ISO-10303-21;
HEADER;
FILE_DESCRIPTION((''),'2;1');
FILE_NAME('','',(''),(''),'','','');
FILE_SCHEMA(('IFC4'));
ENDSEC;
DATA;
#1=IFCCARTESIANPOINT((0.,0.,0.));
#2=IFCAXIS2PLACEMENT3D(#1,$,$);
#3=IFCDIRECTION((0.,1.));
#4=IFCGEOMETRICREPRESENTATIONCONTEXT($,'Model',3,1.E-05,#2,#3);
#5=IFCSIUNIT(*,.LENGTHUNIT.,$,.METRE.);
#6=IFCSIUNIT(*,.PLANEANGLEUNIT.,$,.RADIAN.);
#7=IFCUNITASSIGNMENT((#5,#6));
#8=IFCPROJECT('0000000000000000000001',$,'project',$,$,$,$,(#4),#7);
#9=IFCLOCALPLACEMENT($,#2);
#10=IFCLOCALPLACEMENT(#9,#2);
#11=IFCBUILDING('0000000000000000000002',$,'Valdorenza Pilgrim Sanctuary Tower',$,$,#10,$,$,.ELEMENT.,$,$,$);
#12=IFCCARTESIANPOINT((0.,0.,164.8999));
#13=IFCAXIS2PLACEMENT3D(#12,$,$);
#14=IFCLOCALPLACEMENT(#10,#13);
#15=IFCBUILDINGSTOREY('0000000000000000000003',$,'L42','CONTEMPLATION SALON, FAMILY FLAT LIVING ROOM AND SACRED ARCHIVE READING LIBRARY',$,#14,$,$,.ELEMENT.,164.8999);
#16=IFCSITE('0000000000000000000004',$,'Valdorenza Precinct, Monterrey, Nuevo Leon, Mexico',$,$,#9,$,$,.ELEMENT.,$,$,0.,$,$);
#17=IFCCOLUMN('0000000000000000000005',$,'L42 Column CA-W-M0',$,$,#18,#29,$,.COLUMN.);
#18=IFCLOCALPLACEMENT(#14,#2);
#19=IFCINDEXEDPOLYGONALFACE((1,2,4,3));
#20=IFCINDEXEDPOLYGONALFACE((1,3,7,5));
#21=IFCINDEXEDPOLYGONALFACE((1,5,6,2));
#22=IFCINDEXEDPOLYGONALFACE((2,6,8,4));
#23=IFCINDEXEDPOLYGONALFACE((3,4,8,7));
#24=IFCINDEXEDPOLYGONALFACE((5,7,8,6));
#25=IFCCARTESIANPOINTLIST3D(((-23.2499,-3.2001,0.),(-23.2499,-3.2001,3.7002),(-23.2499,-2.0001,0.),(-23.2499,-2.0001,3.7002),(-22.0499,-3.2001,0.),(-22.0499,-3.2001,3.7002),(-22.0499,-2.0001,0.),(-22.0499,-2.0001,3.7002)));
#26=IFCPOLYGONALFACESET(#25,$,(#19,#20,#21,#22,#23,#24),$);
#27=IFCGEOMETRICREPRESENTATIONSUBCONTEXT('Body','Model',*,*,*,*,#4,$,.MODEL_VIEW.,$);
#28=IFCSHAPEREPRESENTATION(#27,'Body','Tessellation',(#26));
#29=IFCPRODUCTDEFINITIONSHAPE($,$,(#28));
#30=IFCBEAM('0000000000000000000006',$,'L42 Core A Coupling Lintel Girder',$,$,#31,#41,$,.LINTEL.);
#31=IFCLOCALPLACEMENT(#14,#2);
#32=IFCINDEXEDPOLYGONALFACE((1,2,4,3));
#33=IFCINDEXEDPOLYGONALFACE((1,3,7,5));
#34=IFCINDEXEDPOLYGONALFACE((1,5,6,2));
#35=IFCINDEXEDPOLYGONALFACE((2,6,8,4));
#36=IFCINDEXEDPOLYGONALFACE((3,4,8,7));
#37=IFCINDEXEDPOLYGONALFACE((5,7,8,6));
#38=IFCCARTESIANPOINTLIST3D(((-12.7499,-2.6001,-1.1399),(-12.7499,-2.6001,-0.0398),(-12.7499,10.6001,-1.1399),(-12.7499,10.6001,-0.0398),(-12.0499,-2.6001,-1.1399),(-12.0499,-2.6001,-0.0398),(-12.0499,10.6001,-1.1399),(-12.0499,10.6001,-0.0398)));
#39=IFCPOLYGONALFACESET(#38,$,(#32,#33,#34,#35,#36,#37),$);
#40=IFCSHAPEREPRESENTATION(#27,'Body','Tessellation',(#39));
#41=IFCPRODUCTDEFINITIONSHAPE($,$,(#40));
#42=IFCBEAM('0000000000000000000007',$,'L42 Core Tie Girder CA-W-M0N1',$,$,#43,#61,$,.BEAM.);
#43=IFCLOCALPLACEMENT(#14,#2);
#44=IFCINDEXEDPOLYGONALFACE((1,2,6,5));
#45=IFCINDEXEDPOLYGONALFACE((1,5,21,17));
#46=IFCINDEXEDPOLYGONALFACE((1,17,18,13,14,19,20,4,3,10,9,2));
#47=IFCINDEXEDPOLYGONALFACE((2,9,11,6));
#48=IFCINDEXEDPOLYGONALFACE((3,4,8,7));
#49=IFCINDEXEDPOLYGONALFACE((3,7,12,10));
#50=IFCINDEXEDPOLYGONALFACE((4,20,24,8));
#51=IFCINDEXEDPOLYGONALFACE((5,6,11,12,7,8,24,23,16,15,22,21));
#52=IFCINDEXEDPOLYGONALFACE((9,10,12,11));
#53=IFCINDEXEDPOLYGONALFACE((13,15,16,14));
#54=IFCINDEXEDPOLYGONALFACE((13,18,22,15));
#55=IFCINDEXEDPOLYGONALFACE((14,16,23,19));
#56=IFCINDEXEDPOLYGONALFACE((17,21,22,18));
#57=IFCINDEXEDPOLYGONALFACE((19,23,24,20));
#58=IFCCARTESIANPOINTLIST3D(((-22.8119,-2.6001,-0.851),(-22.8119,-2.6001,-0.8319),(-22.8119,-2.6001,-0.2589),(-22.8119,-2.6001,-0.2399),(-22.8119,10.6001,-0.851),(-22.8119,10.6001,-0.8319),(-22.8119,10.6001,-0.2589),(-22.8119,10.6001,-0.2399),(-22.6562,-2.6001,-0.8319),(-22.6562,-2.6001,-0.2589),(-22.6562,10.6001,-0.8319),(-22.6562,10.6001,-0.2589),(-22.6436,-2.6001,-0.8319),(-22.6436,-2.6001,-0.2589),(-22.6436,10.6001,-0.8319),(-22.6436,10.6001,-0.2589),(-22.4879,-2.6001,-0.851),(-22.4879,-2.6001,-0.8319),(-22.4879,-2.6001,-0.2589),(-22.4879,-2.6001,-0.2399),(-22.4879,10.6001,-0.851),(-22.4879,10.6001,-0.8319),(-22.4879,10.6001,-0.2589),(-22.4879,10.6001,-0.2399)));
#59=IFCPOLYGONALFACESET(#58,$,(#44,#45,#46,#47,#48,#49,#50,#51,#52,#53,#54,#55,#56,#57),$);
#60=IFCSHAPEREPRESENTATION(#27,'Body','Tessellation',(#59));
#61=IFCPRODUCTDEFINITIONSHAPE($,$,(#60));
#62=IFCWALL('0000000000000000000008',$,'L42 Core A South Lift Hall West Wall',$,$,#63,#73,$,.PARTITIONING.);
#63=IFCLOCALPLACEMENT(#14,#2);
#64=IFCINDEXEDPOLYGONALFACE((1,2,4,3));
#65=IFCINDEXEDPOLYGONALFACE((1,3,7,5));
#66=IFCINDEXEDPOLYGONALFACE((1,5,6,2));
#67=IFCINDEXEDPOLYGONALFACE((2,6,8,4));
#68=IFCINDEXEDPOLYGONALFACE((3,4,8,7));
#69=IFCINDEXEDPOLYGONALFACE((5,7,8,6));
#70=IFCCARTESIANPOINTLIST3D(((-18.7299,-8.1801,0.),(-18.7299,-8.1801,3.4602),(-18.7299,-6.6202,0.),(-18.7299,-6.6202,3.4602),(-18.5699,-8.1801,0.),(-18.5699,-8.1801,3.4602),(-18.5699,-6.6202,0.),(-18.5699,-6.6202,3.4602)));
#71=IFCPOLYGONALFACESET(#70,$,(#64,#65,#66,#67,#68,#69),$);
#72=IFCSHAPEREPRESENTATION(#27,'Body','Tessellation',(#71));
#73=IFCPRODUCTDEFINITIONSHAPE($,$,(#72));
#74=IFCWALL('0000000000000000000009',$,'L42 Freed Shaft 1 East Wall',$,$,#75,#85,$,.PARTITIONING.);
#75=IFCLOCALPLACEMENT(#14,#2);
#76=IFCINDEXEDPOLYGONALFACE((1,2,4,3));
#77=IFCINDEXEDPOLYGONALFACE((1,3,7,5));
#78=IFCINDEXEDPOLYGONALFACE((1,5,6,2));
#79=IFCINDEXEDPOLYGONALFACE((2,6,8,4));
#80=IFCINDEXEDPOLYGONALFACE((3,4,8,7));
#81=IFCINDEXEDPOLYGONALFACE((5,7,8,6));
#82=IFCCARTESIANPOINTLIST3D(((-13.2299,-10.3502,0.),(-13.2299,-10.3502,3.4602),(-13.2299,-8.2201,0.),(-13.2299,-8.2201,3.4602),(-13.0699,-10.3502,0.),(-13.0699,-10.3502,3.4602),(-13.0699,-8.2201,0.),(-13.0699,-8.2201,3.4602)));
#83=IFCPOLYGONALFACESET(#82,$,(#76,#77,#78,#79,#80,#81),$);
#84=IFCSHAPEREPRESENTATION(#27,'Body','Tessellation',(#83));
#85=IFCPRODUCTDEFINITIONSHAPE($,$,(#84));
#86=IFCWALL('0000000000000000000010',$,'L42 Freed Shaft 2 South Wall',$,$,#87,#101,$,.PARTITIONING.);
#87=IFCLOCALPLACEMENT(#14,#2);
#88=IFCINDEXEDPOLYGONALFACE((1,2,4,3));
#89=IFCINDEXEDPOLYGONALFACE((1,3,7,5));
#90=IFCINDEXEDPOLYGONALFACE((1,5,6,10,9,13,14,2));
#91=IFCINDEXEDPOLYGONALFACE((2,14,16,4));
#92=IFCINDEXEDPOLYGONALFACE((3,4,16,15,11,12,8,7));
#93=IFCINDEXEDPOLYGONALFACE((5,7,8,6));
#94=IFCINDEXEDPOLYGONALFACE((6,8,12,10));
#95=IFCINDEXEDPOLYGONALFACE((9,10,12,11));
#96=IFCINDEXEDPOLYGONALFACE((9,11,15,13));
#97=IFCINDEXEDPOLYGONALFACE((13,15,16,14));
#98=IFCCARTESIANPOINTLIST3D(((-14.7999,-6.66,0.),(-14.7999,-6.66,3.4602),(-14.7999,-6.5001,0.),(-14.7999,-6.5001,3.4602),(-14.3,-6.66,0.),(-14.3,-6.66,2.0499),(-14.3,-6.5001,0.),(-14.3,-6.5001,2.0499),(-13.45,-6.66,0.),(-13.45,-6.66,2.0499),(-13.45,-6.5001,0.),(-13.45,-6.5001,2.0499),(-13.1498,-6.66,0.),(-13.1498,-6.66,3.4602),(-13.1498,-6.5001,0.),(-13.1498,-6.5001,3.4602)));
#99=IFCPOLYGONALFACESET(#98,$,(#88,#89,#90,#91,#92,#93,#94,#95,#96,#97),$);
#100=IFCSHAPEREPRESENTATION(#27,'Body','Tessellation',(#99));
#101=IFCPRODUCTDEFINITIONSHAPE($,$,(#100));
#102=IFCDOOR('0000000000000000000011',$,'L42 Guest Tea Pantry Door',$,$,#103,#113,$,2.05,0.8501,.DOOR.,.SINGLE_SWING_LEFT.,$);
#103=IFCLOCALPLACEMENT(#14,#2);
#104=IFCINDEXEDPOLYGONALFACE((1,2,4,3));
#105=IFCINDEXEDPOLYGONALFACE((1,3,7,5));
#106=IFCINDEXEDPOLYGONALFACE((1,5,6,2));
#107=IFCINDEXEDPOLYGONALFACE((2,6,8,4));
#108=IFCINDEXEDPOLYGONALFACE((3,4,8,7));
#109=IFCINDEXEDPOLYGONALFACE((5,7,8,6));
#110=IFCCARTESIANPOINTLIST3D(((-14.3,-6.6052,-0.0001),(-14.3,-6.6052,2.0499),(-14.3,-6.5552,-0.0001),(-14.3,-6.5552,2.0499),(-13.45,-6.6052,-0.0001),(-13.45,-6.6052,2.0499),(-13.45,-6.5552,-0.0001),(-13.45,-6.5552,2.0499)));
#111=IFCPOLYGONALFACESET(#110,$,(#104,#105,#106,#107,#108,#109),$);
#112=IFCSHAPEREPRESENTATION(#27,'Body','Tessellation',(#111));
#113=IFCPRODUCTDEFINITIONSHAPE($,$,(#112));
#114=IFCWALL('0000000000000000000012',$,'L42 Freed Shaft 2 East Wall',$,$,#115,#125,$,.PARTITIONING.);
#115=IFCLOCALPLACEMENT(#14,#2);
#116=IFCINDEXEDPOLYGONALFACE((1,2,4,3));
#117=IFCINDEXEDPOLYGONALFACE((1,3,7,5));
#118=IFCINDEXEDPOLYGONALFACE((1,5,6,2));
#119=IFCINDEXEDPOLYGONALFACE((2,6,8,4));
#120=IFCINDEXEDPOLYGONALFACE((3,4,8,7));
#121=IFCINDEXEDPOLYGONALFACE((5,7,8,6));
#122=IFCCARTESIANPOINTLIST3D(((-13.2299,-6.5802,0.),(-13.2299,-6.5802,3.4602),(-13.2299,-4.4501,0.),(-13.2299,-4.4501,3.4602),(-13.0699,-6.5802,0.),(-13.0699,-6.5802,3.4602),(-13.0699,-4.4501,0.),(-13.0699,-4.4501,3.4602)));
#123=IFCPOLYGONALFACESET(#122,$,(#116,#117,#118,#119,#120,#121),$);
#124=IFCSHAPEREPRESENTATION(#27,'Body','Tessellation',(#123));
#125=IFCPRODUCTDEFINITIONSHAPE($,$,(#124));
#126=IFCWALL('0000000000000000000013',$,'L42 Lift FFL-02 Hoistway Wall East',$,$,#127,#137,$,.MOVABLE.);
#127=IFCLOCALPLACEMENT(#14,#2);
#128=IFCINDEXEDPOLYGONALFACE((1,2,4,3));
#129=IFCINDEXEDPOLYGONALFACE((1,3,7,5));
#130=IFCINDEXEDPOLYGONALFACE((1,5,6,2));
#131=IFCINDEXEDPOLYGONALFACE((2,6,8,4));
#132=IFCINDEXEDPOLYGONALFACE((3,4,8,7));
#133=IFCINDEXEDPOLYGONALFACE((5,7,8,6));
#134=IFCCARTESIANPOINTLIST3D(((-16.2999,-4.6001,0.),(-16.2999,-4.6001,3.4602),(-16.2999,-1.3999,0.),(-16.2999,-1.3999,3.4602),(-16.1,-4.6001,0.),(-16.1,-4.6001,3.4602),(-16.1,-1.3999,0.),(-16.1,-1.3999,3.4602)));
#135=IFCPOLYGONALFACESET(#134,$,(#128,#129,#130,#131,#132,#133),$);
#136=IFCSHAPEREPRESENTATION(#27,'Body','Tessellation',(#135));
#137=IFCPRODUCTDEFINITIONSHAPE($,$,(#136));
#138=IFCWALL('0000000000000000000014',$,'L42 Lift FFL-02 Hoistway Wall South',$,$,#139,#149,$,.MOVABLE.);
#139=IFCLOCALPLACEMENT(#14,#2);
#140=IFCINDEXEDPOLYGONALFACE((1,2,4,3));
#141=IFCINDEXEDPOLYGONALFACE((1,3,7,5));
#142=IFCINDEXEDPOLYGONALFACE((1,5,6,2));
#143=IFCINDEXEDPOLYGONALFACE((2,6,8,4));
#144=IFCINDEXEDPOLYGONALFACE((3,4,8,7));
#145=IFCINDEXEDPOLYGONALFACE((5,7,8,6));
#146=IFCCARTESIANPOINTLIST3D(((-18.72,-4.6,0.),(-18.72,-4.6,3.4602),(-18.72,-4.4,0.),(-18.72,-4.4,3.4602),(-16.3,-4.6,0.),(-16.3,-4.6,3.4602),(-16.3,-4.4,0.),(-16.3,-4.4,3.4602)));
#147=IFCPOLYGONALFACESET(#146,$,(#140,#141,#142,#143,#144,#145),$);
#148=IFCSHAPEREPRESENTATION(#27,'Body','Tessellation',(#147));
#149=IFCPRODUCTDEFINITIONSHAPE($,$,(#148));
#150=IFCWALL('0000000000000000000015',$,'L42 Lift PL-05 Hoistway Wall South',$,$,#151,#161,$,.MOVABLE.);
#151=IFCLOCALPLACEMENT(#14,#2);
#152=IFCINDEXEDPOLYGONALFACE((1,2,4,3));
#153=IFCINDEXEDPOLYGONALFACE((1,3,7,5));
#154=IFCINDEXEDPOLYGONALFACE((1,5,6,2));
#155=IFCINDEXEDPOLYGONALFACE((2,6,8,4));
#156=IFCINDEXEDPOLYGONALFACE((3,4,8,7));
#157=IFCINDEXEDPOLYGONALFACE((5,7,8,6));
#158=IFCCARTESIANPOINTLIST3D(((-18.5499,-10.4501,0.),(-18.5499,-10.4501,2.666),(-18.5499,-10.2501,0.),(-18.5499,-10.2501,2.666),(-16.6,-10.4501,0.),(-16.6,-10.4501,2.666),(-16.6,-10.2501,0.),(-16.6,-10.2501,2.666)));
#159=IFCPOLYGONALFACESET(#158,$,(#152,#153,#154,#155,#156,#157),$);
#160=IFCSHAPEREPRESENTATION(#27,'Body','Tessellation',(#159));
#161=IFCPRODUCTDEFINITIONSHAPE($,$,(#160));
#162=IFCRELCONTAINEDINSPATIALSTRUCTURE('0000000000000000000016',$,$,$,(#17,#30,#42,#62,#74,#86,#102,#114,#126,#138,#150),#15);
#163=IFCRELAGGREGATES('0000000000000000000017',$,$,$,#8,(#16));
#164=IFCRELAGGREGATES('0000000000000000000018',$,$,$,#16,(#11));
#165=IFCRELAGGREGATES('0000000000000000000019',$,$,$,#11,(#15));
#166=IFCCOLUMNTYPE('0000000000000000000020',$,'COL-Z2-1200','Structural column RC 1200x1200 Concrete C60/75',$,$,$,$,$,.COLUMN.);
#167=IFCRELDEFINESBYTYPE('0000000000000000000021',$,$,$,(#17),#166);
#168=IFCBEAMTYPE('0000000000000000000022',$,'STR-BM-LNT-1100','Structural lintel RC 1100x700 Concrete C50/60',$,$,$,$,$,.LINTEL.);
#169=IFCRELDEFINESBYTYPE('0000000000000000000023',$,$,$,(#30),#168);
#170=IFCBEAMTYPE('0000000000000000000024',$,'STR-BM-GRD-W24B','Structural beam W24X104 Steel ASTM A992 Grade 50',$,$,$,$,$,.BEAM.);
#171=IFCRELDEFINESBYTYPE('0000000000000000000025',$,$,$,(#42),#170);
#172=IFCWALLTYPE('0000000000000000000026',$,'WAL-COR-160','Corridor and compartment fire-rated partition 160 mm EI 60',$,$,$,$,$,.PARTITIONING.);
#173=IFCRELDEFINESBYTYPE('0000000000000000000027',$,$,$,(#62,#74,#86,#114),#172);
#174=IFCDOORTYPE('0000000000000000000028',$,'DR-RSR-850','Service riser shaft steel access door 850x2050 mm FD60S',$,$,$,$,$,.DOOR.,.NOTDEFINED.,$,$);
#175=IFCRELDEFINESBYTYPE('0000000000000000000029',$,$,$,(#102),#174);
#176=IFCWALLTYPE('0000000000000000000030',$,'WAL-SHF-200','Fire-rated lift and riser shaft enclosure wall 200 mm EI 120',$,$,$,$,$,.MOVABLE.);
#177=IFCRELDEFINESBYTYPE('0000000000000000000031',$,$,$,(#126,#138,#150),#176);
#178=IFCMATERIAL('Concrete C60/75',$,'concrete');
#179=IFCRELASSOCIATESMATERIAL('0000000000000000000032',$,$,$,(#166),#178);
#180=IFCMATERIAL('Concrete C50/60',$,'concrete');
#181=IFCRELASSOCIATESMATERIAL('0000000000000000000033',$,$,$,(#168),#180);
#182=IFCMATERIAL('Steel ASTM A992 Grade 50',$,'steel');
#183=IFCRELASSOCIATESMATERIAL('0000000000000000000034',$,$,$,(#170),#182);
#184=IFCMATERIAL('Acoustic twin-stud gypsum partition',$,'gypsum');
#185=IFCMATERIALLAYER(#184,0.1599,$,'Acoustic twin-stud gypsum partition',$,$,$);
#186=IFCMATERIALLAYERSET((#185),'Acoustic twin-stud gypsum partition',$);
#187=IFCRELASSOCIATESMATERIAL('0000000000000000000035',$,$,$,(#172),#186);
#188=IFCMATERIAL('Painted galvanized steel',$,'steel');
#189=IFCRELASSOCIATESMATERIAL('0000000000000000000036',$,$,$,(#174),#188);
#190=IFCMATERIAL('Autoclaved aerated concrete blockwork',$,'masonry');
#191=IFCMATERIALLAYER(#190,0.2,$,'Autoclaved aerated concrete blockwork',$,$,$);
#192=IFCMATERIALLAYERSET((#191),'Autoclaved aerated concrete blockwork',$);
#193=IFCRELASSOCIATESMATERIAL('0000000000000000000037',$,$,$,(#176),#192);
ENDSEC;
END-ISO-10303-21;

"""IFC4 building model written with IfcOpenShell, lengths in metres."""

from ifc_helpers import new_model, si_unit, direction, frame, frame_2d, origin, origin_2d, place, context, subcontext, project, spatial, rectangle, i_section, extrude, source, transform, mapped, material, layer, layer_set, material_profile, profile_set, type_object, element, fill, save


model = new_model("IFC4")

# Units and contexts
model_context = context("Model", 3, precision=1e-05, world=origin(), true_north=direction((0.0, 1.0)))
body_context = subcontext(model_context, "Body", "Model", "MODEL_VIEW")
ifc_project = project(units=[si_unit("LENGTHUNIT", "METRE"), si_unit("PLANEANGLEUNIT", "RADIAN")], contexts=[model_context])

# Site, building, storey
site_placement = place(None, origin())
site = spatial("IfcSite", under=ifc_project, at=site_placement, Name="Valdorenza Precinct, Monterrey, Nuevo Leon, Mexico", CompositionType="ELEMENT", RefElevation=0.0)
building_placement = place(site_placement, origin())
building = spatial("IfcBuilding", under=site, at=building_placement, Name="Valdorenza Pilgrim Sanctuary Tower", CompositionType="ELEMENT")
storey_placement = place(building_placement, frame((0.0, 0.0, 164.8999)))
storey = spatial("IfcBuildingStorey", under=building, at=storey_placement, Name="L42", Description="CONTEMPLATION SALON, FAMILY FLAT LIVING ROOM AND SACRED ARCHIVE READING LIBRARY", CompositionType="ELEMENT", Elevation=164.8999)

# Column
ifc_material_1 = material(Name="Concrete C60/75", Category="concrete")
ifc_material_profile_1 = material_profile(ifc_material_1, rectangle(XDim=1.2, YDim=1.2, at=origin_2d()), Name="RC 1200x1200")
ifc_profile_set_1 = profile_set([ifc_material_profile_1], Name="Concrete C60/75")
column_type = type_object("IfcColumnType", Name="COL-Z2-1200", Description="Structural column RC 1200x1200 Concrete C60/75", PredefinedType="COLUMN", material=ifc_profile_set_1)
shared_shape_1 = source(origin(), body_context, "Body", "SweptSolid", [
    extrude(rectangle(XDim=1.2, YDim=1.2, at=origin_2d()), origin(), (0.0, 0.0, 1.0), 3.7002),
])
column_placement = place(storey_placement, frame((-22.6499, -2.6001, 0.0), z_axis=(0.0, 0.0, 1.0), x_axis=(1.0, 0.0, 0.0)))
element("IfcColumn", 1, at=column_placement, inside=storey, type_object=column_type, Name="L42 Column CA-W-M0", PredefinedType="COLUMN", context=body_context, shape_type="MappedRepresentation", body=[
    mapped(shared_shape_1, transform((0.0, 0.0, 0.0), x_axis=(1.0, 0.0, 0.0), y_axis=(0.0, 1.0, 0.0), z_axis=(0.0, 0.0, 1.0), scale=1.0)),
])

# Beams
ifc_material_2 = material(Name="Concrete C50/60", Category="concrete")
ifc_material_profile_2 = material_profile(ifc_material_2, rectangle(XDim=0.7, YDim=1.1001, at=origin_2d()), Name="RC 1100x700")
ifc_profile_set_2 = profile_set([ifc_material_profile_2], Name="Concrete C50/60")
beam_type_1 = type_object("IfcBeamType", Name="STR-BM-LNT-1100", Description="Structural lintel RC 1100x700 Concrete C50/60", PredefinedType="LINTEL", material=ifc_profile_set_2)
shared_shape_2 = source(origin(), body_context, "Body", "SweptSolid", [
    extrude(rectangle(XDim=0.7, YDim=1.1001, at=origin_2d()), origin(), (0.0, 0.0, 1.0), 13.2002),
])
beam_1_placement = place(storey_placement, frame((-12.3999, -2.6001, -0.5898), z_axis=(0.0, 1.0, 0.0), x_axis=(-1.0, 0.0, 0.0)))
element("IfcBeam", 2, at=beam_1_placement, inside=storey, type_object=beam_type_1, Name="L42 Core A Coupling Lintel Girder", PredefinedType="LINTEL", context=body_context, shape_type="MappedRepresentation", body=[
    mapped(shared_shape_2, transform((0.0, 0.0, 0.0), x_axis=(1.0, 0.0, 0.0), y_axis=(0.0, 1.0, 0.0), z_axis=(0.0, 0.0, 1.0), scale=1.0)),
])
ifc_material_3 = material(Name="Steel ASTM A992 Grade 50", Category="steel")
ifc_material_profile_3 = material_profile(ifc_material_3, i_section(OverallWidth=0.324, OverallDepth=0.6111, WebThickness=0.0127, FlangeThickness=0.019, at=origin_2d()), Name="W24X104")
ifc_profile_set_3 = profile_set([ifc_material_profile_3], Name="Steel ASTM A992 Grade 50")
beam_type_2 = type_object("IfcBeamType", Name="STR-BM-GRD-W24B", Description="Structural beam W24X104 Steel ASTM A992 Grade 50", PredefinedType="BEAM", material=ifc_profile_set_3)
shared_shape_3 = source(origin(), body_context, "Body", "SweptSolid", [
    extrude(i_section(OverallWidth=0.324, OverallDepth=0.6111, WebThickness=0.0127, FlangeThickness=0.019, at=origin_2d()), origin(), (0.0, 0.0, 1.0), 13.2002),
])
beam_2_placement = place(storey_placement, frame((-22.6499, -2.6001, -0.5454), z_axis=(0.0, 1.0, 0.0), x_axis=(-1.0, 0.0, 0.0)))
element("IfcBeam", 3, at=beam_2_placement, inside=storey, type_object=beam_type_2, Name="L42 Core Tie Girder CA-W-M0N1", PredefinedType="BEAM", context=body_context, shape_type="MappedRepresentation", body=[
    mapped(shared_shape_3, transform((0.0, 0.0, 0.0), x_axis=(1.0, 0.0, 0.0), y_axis=(0.0, 1.0, 0.0), z_axis=(0.0, 0.0, 1.0), scale=1.0)),
])

# Wall
ifc_material_4 = material(Name="Acoustic twin-stud gypsum partition", Category="gypsum")
ifc_layer_1 = layer(ifc_material_4, 0.1599, Name="Acoustic twin-stud gypsum partition")
ifc_layer_set_1 = layer_set([ifc_layer_1], Name="Acoustic twin-stud gypsum partition")
wall_type_1 = type_object("IfcWallType", Name="WAL-COR-160", Description="Corridor and compartment fire-rated partition 160 mm EI 60", PredefinedType="PARTITIONING", material=ifc_layer_set_1)
wall_1_placement = place(storey_placement, frame((-18.6499, -8.1799, 0.0), z_axis=(0.0, 0.0, 1.0), x_axis=(0.0, 1.0, 0.0)))
element("IfcWall", 4, at=wall_1_placement, inside=storey, type_object=wall_type_1, Name="L42 Core A South Lift Hall West Wall", PredefinedType="PARTITIONING", context=body_context, shape_type="SweptSolid", body=[
    extrude(rectangle(XDim=1.5598, YDim=0.1599, at=frame_2d((0.7798, 0.0))), origin(), (0.0, 0.0, 1.0), 3.4602),
])

# Wall
wall_2_placement = place(storey_placement, frame((-13.1499, -10.3501, 0.0), z_axis=(0.0, 0.0, 1.0), x_axis=(0.0, 1.0, 0.0)))
element("IfcWall", 5, at=wall_2_placement, inside=storey, type_object=wall_type_1, Name="L42 Freed Shaft 1 East Wall", PredefinedType="PARTITIONING", context=body_context, shape_type="SweptSolid", body=[
    extrude(rectangle(XDim=2.1301, YDim=0.1599, at=frame_2d((1.0649, 0.0))), origin(), (0.0, 0.0, 1.0), 3.4602),
])

# Wall, opening, door
wall_3_placement = place(storey_placement, frame((-14.8, -6.5801, 0.0), z_axis=(0.0, 0.0, 1.0), x_axis=(1.0, 0.0, 0.0)))
wall_3 = element("IfcWall", 6, at=wall_3_placement, inside=storey, type_object=wall_type_1, Name="L42 Freed Shaft 2 South Wall", PredefinedType="PARTITIONING", context=body_context, shape_type="SweptSolid", body=[
    extrude(rectangle(XDim=1.6501, YDim=0.1599, at=frame_2d((0.8252, 0.0))), origin(), (0.0, 0.0, 1.0), 3.4602),
])
opening_1_placement = place(wall_3_placement, frame((0.5, 0.0, 0.0)))
opening_1 = element("IfcOpeningElement", 7, at=opening_1_placement, cuts=wall_3, PredefinedType="OPENING", context=body_context, shape_type="SweptSolid", body=[
    extrude(rectangle(XDim=0.8501, YDim=2.05, at=frame_2d((0.425, 1.0249))), frame((0.0, 0.0947, 0.0), z_axis=(0.0, -1.0, 0.0), x_axis=(1.0, 0.0, 0.0)), (0.0, 0.0, 1.0), 0.1897),
])
ifc_material_5 = material(Name="Painted galvanized steel", Category="steel")
door_type_1 = type_object("IfcDoorType", Name="DR-RSR-850", Description="Service riser shaft steel access door 850x2050 mm FD60S", OperationType="NOTDEFINED", PredefinedType="DOOR", material=ifc_material_5)
door_1_placement = place(opening_1_placement, origin())
door_1 = element("IfcDoor", 8, at=door_1_placement, inside=storey, type_object=door_type_1, Name="L42 Guest Tea Pantry Door", OperationType="SINGLE_SWING_LEFT", OverallHeight=2.05, OverallWidth=0.8501, PredefinedType="DOOR", context=body_context, shape_type="SweptSolid", body=[
    extrude(rectangle(XDim=0.8501, YDim=2.05, at=frame_2d((0.425, 1.0249))), frame((0.0, 0.0249, 0.0), z_axis=(0.0, -1.0, 0.0), x_axis=(1.0, 0.0, 0.0)), (0.0, 0.0, 1.0), 0.05),
])
fill(opening_1, door_1)

# Walls
wall_4_placement = place(storey_placement, frame((-13.1499, -6.5801, 0.0), z_axis=(0.0, 0.0, 1.0), x_axis=(0.0, 1.0, 0.0)))
element("IfcWall", 9, at=wall_4_placement, inside=storey, type_object=wall_type_1, Name="L42 Freed Shaft 2 East Wall", PredefinedType="PARTITIONING", context=body_context, shape_type="SweptSolid", body=[
    extrude(rectangle(XDim=2.1301, YDim=0.1599, at=frame_2d((1.0649, 0.0))), origin(), (0.0, 0.0, 1.0), 3.4602),
])
ifc_material_6 = material(Name="Autoclaved aerated concrete blockwork", Category="masonry")
ifc_layer_2 = layer(ifc_material_6, 0.2, Name="Autoclaved aerated concrete blockwork")
ifc_layer_set_2 = layer_set([ifc_layer_2], Name="Autoclaved aerated concrete blockwork")
wall_type_2 = type_object("IfcWallType", Name="WAL-SHF-200", Description="Fire-rated lift and riser shaft enclosure wall 200 mm EI 120", PredefinedType="MOVABLE", material=ifc_layer_set_2)
wall_5_placement = place(storey_placement, frame((-16.2, -4.6001, 0.0), z_axis=(0.0, 0.0, 1.0), x_axis=(0.0, 1.0, 0.0)))
element("IfcWall", 10, at=wall_5_placement, inside=storey, type_object=wall_type_2, Name="L42 Lift FFL-02 Hoistway Wall East", PredefinedType="MOVABLE", context=body_context, shape_type="SweptSolid", body=[
    extrude(rectangle(XDim=3.2002, YDim=0.2, at=frame_2d((1.6001, 0.0))), origin(), (0.0, 0.0, 1.0), 3.4602),
])
wall_6_placement = place(storey_placement, frame((-18.72, -4.5, 0.0), z_axis=(0.0, 0.0, 1.0), x_axis=(1.0, 0.0, 0.0)))
element("IfcWall", 11, at=wall_6_placement, inside=storey, type_object=wall_type_2, Name="L42 Lift FFL-02 Hoistway Wall South", PredefinedType="MOVABLE", context=body_context, shape_type="SweptSolid", body=[
    extrude(rectangle(XDim=2.4199, YDim=0.2, at=frame_2d((1.21, 0.0))), origin(), (0.0, 0.0, 1.0), 3.4602),
])
wall_7_placement = place(storey_placement, frame((-18.55, -10.3501, 0.0), z_axis=(0.0, 0.0, 1.0), x_axis=(1.0, 0.0, 0.0)))
element("IfcWall", 12, at=wall_7_placement, inside=storey, type_object=wall_type_2, Name="L42 Lift PL-05 Hoistway Wall South", PredefinedType="MOVABLE", context=body_context, shape_type="SweptSolid", body=[
    extrude(rectangle(XDim=1.95, YDim=0.2, at=frame_2d((0.9751, 0.0))), origin(), (0.0, 0.0, 1.0), 2.666),
])

save(model, "model.ifc")
